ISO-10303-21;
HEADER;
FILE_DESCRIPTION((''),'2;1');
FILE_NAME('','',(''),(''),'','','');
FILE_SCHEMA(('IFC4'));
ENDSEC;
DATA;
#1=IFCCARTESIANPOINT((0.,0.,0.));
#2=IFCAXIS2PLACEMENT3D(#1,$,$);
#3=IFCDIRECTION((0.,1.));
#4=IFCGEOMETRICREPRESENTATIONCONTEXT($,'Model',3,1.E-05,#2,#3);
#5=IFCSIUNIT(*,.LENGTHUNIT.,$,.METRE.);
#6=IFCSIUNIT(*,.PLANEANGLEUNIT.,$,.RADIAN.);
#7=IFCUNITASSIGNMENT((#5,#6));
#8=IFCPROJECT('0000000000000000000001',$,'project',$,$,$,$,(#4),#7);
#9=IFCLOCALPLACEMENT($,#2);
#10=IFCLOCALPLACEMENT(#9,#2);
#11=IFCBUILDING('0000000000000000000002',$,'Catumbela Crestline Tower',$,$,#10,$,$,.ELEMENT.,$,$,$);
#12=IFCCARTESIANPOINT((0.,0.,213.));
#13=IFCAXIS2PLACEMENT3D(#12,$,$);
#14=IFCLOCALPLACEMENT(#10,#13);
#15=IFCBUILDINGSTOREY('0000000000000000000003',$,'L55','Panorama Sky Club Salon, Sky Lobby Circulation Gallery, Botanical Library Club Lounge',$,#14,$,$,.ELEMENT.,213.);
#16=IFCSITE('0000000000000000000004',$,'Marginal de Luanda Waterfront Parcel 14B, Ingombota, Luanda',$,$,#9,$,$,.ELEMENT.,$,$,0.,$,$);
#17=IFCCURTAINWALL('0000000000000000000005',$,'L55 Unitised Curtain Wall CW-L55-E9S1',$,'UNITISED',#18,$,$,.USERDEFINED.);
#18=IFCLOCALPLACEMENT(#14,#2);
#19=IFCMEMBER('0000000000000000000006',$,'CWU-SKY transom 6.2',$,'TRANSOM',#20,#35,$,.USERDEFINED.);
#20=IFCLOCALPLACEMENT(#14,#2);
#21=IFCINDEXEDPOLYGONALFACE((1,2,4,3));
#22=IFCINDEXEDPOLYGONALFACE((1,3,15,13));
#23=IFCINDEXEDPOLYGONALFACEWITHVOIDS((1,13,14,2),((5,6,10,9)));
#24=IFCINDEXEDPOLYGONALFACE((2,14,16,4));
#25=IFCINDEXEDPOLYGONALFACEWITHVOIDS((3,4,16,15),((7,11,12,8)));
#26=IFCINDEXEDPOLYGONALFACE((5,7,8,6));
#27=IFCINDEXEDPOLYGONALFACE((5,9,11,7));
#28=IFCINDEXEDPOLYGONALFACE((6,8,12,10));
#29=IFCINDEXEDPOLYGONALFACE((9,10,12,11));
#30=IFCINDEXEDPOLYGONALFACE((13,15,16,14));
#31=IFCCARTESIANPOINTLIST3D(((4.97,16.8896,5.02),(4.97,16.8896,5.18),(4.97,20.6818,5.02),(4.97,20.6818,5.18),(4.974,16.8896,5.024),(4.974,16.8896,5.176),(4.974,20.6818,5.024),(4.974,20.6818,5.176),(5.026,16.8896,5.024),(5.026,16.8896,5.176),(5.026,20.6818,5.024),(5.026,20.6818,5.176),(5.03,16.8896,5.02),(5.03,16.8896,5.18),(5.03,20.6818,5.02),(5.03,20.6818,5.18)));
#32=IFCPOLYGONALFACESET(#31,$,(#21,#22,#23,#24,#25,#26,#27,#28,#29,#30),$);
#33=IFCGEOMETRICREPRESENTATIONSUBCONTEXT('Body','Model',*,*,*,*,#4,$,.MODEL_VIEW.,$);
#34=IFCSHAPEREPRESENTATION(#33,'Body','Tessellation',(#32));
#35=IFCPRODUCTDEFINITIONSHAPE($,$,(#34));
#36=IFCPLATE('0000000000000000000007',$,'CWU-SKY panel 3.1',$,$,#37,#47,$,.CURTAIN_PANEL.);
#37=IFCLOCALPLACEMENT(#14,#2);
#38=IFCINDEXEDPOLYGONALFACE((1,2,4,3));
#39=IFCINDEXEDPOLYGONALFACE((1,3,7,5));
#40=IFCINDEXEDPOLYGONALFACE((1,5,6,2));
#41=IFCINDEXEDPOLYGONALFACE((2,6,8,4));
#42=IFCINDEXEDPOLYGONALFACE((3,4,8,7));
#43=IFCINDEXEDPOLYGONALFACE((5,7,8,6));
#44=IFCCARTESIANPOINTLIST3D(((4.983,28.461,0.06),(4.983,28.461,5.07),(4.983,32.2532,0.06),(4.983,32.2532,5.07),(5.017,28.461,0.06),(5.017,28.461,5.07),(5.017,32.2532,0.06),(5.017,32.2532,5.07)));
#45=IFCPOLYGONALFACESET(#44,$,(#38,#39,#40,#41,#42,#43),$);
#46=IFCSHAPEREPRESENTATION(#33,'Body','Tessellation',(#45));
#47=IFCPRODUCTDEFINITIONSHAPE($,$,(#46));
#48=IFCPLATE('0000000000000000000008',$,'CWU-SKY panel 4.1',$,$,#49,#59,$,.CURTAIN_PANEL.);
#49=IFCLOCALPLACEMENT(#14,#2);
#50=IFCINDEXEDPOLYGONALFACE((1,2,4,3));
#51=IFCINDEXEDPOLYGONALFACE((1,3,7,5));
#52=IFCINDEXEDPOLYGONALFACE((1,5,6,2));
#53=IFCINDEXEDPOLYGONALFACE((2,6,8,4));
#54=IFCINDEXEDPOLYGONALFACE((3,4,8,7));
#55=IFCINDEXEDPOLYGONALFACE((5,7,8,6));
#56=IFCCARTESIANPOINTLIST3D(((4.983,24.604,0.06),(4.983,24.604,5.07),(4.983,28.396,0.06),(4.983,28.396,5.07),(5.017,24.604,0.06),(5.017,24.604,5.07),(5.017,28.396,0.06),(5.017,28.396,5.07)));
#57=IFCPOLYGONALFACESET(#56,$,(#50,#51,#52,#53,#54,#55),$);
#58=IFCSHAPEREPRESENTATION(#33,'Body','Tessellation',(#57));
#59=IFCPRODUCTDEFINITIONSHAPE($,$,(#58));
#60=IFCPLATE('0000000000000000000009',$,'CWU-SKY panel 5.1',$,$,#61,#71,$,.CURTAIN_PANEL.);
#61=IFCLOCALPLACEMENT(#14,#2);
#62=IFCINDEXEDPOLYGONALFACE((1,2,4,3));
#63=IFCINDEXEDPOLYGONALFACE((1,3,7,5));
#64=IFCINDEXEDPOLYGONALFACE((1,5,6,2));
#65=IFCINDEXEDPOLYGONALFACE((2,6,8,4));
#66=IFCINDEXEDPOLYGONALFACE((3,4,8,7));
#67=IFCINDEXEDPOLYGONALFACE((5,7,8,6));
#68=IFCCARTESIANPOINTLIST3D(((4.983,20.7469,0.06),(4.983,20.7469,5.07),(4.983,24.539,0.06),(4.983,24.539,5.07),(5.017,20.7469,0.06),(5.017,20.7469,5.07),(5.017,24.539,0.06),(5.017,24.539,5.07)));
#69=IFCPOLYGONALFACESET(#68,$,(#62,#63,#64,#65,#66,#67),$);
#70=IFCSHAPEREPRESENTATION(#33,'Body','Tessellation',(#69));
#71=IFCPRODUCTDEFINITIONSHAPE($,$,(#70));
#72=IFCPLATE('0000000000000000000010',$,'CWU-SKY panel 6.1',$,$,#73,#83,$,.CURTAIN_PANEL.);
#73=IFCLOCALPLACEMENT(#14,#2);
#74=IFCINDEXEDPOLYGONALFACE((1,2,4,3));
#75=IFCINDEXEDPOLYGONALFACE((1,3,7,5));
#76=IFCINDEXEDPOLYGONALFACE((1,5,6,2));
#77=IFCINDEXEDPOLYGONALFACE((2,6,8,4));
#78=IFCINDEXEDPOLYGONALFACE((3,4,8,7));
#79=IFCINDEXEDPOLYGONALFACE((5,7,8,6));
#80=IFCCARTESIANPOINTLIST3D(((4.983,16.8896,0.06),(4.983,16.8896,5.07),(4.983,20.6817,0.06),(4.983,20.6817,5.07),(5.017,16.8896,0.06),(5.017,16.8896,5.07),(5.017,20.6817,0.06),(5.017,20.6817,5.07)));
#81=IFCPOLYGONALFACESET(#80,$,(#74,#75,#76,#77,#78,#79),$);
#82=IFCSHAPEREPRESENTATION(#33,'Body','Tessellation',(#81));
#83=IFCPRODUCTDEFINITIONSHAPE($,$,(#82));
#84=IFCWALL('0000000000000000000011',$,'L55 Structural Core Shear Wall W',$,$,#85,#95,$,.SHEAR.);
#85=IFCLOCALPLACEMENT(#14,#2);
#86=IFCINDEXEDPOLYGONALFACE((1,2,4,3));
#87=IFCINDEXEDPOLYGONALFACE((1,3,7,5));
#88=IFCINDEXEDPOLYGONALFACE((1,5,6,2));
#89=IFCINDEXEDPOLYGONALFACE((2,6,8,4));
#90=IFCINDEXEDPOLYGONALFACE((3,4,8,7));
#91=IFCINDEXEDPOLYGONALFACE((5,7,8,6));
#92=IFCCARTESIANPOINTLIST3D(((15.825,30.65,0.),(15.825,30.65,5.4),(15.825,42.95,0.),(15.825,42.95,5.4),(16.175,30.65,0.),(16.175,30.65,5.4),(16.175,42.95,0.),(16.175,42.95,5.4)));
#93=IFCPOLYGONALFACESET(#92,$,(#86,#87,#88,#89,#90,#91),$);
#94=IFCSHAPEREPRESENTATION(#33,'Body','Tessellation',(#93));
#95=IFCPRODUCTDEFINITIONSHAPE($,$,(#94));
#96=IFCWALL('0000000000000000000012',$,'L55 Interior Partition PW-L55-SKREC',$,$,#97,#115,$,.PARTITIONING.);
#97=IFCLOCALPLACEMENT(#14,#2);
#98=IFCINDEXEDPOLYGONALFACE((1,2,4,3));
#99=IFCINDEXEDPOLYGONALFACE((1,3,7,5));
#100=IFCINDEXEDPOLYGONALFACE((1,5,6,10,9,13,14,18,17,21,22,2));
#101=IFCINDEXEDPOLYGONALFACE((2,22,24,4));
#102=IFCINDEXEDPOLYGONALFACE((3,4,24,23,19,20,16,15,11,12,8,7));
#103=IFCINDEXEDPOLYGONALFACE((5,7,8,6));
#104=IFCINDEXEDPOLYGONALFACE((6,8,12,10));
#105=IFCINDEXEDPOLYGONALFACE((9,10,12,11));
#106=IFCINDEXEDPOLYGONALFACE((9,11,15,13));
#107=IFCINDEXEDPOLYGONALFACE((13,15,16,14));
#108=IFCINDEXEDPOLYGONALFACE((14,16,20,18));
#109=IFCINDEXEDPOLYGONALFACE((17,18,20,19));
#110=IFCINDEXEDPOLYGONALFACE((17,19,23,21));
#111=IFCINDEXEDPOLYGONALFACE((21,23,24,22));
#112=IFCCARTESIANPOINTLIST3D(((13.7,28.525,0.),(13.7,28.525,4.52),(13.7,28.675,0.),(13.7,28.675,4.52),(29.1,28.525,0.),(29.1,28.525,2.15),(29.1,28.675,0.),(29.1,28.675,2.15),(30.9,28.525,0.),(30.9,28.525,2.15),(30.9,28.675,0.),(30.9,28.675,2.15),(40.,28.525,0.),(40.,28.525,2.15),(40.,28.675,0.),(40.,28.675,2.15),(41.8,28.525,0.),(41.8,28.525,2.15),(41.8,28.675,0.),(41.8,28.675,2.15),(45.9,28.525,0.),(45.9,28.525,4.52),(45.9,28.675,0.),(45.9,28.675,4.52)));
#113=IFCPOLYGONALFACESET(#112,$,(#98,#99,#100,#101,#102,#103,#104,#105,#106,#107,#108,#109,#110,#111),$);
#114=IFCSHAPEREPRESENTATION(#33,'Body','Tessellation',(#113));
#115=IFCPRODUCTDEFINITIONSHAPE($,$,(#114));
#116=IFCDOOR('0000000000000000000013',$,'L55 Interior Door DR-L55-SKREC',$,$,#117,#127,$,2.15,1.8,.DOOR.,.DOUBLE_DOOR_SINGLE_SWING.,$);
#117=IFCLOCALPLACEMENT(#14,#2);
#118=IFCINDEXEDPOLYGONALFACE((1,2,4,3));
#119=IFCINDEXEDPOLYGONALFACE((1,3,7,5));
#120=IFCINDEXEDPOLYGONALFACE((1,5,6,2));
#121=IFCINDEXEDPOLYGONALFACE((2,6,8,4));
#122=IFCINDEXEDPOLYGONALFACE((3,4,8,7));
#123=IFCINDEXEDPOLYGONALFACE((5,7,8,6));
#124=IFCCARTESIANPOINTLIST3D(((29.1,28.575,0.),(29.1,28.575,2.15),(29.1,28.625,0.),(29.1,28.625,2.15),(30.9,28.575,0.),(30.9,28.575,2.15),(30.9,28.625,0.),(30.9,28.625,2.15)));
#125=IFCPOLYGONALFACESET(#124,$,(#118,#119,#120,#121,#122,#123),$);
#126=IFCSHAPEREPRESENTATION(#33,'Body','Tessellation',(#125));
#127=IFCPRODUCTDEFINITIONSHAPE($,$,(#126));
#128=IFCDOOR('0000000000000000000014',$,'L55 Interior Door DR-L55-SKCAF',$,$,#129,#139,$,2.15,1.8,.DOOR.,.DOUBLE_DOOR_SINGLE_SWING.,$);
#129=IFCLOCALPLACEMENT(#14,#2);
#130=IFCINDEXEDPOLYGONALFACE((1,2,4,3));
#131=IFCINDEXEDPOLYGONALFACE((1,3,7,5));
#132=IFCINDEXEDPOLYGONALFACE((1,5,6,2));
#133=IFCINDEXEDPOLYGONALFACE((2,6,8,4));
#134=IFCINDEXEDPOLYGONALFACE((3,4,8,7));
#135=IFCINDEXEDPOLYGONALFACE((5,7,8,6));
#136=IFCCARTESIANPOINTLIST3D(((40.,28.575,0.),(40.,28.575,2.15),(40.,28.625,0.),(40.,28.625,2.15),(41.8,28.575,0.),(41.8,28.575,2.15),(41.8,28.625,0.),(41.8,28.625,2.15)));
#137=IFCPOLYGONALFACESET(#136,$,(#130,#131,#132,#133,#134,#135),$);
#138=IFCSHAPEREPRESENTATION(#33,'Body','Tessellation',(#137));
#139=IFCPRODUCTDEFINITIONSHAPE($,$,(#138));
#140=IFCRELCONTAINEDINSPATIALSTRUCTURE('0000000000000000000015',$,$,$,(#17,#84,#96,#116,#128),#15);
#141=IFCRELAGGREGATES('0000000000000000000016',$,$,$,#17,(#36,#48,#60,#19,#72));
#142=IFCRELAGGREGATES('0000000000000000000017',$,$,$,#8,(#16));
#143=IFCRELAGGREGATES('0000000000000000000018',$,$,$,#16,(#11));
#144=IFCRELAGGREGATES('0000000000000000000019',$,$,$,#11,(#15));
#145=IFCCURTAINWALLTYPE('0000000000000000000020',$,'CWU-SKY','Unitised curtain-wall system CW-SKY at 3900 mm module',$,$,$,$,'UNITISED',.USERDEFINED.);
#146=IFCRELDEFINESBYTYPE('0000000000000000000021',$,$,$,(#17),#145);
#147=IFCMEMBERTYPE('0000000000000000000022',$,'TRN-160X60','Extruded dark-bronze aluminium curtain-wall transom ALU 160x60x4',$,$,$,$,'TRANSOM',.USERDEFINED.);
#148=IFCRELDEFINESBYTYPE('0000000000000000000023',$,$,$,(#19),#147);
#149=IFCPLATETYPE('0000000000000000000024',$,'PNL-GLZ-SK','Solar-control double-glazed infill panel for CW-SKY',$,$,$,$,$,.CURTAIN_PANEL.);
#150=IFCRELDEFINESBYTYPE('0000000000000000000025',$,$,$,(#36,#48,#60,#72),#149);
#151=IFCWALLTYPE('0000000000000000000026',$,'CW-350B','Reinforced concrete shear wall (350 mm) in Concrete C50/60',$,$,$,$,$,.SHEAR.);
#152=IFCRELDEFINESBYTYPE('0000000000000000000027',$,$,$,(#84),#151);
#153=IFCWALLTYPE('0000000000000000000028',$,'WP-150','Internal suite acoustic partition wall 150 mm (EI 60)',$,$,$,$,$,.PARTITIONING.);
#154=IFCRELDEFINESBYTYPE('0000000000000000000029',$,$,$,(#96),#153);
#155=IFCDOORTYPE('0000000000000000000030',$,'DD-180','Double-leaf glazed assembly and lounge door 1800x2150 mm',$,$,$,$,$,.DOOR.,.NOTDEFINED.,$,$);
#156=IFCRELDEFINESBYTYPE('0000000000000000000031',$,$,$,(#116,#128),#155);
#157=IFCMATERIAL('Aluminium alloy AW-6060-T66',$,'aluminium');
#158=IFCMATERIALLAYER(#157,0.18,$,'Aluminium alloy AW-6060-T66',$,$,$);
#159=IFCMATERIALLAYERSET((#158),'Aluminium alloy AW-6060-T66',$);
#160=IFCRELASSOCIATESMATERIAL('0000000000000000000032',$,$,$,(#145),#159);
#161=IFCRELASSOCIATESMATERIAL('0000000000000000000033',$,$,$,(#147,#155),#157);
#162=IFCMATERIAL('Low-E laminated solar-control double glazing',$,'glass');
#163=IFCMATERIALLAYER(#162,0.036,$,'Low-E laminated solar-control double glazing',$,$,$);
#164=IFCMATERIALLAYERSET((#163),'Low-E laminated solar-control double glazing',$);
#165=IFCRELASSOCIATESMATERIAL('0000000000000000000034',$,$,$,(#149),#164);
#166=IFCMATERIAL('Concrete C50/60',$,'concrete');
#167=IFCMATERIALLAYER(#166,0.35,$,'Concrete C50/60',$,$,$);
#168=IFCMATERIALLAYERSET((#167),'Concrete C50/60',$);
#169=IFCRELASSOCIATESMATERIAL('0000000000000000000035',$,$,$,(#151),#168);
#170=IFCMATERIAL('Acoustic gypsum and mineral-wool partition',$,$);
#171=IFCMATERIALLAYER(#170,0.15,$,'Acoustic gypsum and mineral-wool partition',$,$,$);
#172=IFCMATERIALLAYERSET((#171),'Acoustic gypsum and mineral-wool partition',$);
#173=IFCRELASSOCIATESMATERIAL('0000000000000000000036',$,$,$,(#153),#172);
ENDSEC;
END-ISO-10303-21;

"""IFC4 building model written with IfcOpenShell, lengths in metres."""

from ifc_helpers import new_model, si_unit, direction, frame, frame_2d, origin, origin_2d, place, context, subcontext, project, spatial, rectangle, hollow_rectangle, extrude, material, layer, layer_set, material_profile, profile_set, type_object, element, fill, aggregate, save


model = new_model("IFC4")

# Units and contexts
model_context = context("Model", 3, precision=1e-05, world=origin(), true_north=direction((0.0, 1.0)))
body_context = subcontext(model_context, "Body", "Model", "MODEL_VIEW")
ifc_project = project(units=[si_unit("LENGTHUNIT", "METRE"), si_unit("PLANEANGLEUNIT", "RADIAN")], contexts=[model_context])

# Site, building, storey
site_placement = place(None, origin())
site = spatial("IfcSite", under=ifc_project, at=site_placement, Name="Marginal de Luanda Waterfront Parcel 14B, Ingombota, Luanda", CompositionType="ELEMENT", RefElevation=0.0)
building_placement = place(site_placement, origin())
building = spatial("IfcBuilding", under=site, at=building_placement, Name="Catumbela Crestline Tower", CompositionType="ELEMENT")
storey_placement = place(building_placement, frame((0.0, 0.0, 213.0)))
storey = spatial("IfcBuildingStorey", under=building, at=storey_placement, Name="L55", Description="Panorama Sky Club Salon, Sky Lobby Circulation Gallery, Botanical Library Club Lounge", CompositionType="ELEMENT", Elevation=213.0)

# Shared definitions
ifc_material_1 = material(Name="Concrete C50/60", Category="concrete")

# Curtain wall
ifc_material_2 = material(Name="Aluminium alloy AW-6060-T66", Category="aluminium")
ifc_layer_1 = layer(ifc_material_2, 0.18, Name="Aluminium alloy AW-6060-T66")
ifc_layer_set_1 = layer_set([ifc_layer_1], Name="Aluminium alloy AW-6060-T66")
curtain_wall_type = type_object("IfcCurtainWallType", Name="CWU-SKY", Description="Unitised curtain-wall system CW-SKY at 3900 mm module", ElementType="UNITISED", PredefinedType="USERDEFINED", material=ifc_layer_set_1)
curtain_wall_placement = place(storey_placement, origin())
curtain_wall = element("IfcCurtainWall", 1, at=curtain_wall_placement, inside=storey, type_object=curtain_wall_type, Name="L55 Unitised Curtain Wall CW-L55-E9S1", ObjectType="UNITISED", PredefinedType="USERDEFINED")

# Member
ifc_material_profile_1 = material_profile(ifc_material_2, hollow_rectangle(XDim=0.06, YDim=0.16, WallThickness=0.004, at=origin_2d()), Name="ALU 160x60x4")
ifc_profile_set_1 = profile_set([ifc_material_profile_1], Name="Aluminium alloy AW-6060-T66")
member_type_1 = type_object("IfcMemberType", Name="TRN-160X60", Description="Extruded dark-bronze aluminium curtain-wall transom ALU 160x60x4", ElementType="TRANSOM", PredefinedType="USERDEFINED", material=ifc_profile_set_1)
member_1_placement = place(storey_placement, frame((5.0, 20.6818, 5.1), z_axis=(0.0, -1.0, 0.0), x_axis=(1.0, 0.0, 0.0)))
member_1 = element("IfcMember", 2, at=member_1_placement, type_object=member_type_1, Name="CWU-SKY transom 6.2", ObjectType="TRANSOM", PredefinedType="USERDEFINED", context=body_context, shape_type="SweptSolid", body=[
    extrude(hollow_rectangle(XDim=0.06, YDim=0.16, WallThickness=0.004, at=origin_2d()), origin(), (0.0, 0.0, 1.0), 3.7922),
])

# Plates
ifc_material_3 = material(Name="Low-E laminated solar-control double glazing", Category="glass")
ifc_layer_2 = layer(ifc_material_3, 0.036, Name="Low-E laminated solar-control double glazing")
ifc_layer_set_2 = layer_set([ifc_layer_2], Name="Low-E laminated solar-control double glazing")
plate_type = type_object("IfcPlateType", Name="PNL-GLZ-SK", Description="Solar-control double-glazed infill panel for CW-SKY", PredefinedType="CURTAIN_PANEL", material=ifc_layer_set_2)
plate_1_placement = place(storey_placement, frame((5.0, 30.3571, 0.06), z_axis=(0.0, 0.0, 1.0), x_axis=(0.0, -1.0, 0.0)))
plate_1 = element("IfcPlate", 3, at=plate_1_placement, type_object=plate_type, Name="CWU-SKY panel 3.1", PredefinedType="CURTAIN_PANEL", context=body_context, shape_type="SweptSolid", body=[
    extrude(rectangle(XDim=3.7921, YDim=0.034, at=origin_2d()), origin(), (0.0, 0.0, 1.0), 5.01),
])
plate_2_placement = place(storey_placement, frame((5.0, 26.5, 0.06), z_axis=(0.0, 0.0, 1.0), x_axis=(0.0, -1.0, 0.0)))
plate_2 = element("IfcPlate", 4, at=plate_2_placement, type_object=plate_type, Name="CWU-SKY panel 4.1", PredefinedType="CURTAIN_PANEL", context=body_context, shape_type="SweptSolid", body=[
    extrude(rectangle(XDim=3.7921, YDim=0.034, at=origin_2d()), origin(), (0.0, 0.0, 1.0), 5.01),
])
plate_3_placement = place(storey_placement, frame((5.0, 22.6429, 0.06), z_axis=(0.0, 0.0, 1.0), x_axis=(0.0, -1.0, 0.0)))
plate_3 = element("IfcPlate", 5, at=plate_3_placement, type_object=plate_type, Name="CWU-SKY panel 5.1", PredefinedType="CURTAIN_PANEL", context=body_context, shape_type="SweptSolid", body=[
    extrude(rectangle(XDim=3.7921, YDim=0.034, at=origin_2d()), origin(), (0.0, 0.0, 1.0), 5.01),
])
plate_4_placement = place(storey_placement, frame((5.0, 18.7857, 0.06), z_axis=(0.0, 0.0, 1.0), x_axis=(0.0, -1.0, 0.0)))
plate_4 = element("IfcPlate", 6, at=plate_4_placement, type_object=plate_type, Name="CWU-SKY panel 6.1", PredefinedType="CURTAIN_PANEL", context=body_context, shape_type="SweptSolid", body=[
    extrude(rectangle(XDim=3.7921, YDim=0.034, at=origin_2d()), origin(), (0.0, 0.0, 1.0), 5.01),
])
aggregate(curtain_wall, [plate_1, plate_2, plate_3, member_1, plate_4])

# Wall
ifc_layer_3 = layer(ifc_material_1, 0.35, Name="Concrete C50/60")
ifc_layer_set_3 = layer_set([ifc_layer_3], Name="Concrete C50/60")
wall_type_1 = type_object("IfcWallType", Name="CW-350B", Description="Reinforced concrete shear wall (350 mm) in Concrete C50/60", PredefinedType="SHEAR", material=ifc_layer_set_3)
wall_1_placement = place(storey_placement, frame((16.0, 30.65, 0.0), z_axis=(0.0, 0.0, 1.0), x_axis=(0.0, 1.0, 0.0)))
element("IfcWall", 7, at=wall_1_placement, inside=storey, type_object=wall_type_1, Name="L55 Structural Core Shear Wall W", PredefinedType="SHEAR", context=body_context, shape_type="SweptSolid", body=[
    extrude(rectangle(XDim=12.3, YDim=0.35, at=frame_2d((6.15, 0.0))), origin(), (0.0, 0.0, 1.0), 5.4),
])

# Wall, openings, doors
ifc_material_4 = material(Name="Acoustic gypsum and mineral-wool partition")
ifc_layer_4 = layer(ifc_material_4, 0.15, Name="Acoustic gypsum and mineral-wool partition")
ifc_layer_set_4 = layer_set([ifc_layer_4], Name="Acoustic gypsum and mineral-wool partition")
wall_type_2 = type_object("IfcWallType", Name="WP-150", Description="Internal suite acoustic partition wall 150 mm (EI 60)", PredefinedType="PARTITIONING", material=ifc_layer_set_4)
wall_2_placement = place(storey_placement, frame((13.7, 28.6, 0.0), z_axis=(0.0, 0.0, 1.0), x_axis=(1.0, 0.0, 0.0)))
wall_2 = element("IfcWall", 8, at=wall_2_placement, inside=storey, type_object=wall_type_2, Name="L55 Interior Partition PW-L55-SKREC", PredefinedType="PARTITIONING", context=body_context, shape_type="SweptSolid", body=[
    extrude(rectangle(XDim=32.2, YDim=0.15, at=frame_2d((16.1, 0.0))), origin(), (0.0, 0.0, 1.0), 4.52),
])
opening_1_placement = place(wall_2_placement, frame((15.4, 0.0, 0.0)))
opening_1 = element("IfcOpeningElement", 9, at=opening_1_placement, cuts=wall_2, PredefinedType="OPENING", context=body_context, shape_type="SweptSolid", body=[
    extrude(rectangle(XDim=1.8, YDim=2.15, at=frame_2d((0.9, 1.075))), frame((0.0, 0.085, 0.0), z_axis=(0.0, -1.0, 0.0), x_axis=(1.0, 0.0, 0.0)), (0.0, 0.0, 1.0), 0.17),
])
opening_2_placement = place(wall_2_placement, frame((26.3, 0.0, 0.0)))
opening_2 = element("IfcOpeningElement", 10, at=opening_2_placement, cuts=wall_2, PredefinedType="OPENING", context=body_context, shape_type="SweptSolid", body=[
    extrude(rectangle(XDim=1.8, YDim=2.15, at=frame_2d((0.9, 1.075))), frame((0.0, 0.085, 0.0), z_axis=(0.0, -1.0, 0.0), x_axis=(1.0, 0.0, 0.0)), (0.0, 0.0, 1.0), 0.17),
])
door_type_1 = type_object("IfcDoorType", Name="DD-180", Description="Double-leaf glazed assembly and lounge door 1800x2150 mm", OperationType="NOTDEFINED", PredefinedType="DOOR", material=ifc_material_2)
door_1_placement = place(opening_1_placement, origin())
door_1 = element("IfcDoor", 11, at=door_1_placement, inside=storey, type_object=door_type_1, Name="L55 Interior Door DR-L55-SKREC", OperationType="DOUBLE_DOOR_SINGLE_SWING", OverallHeight=2.15, OverallWidth=1.8, PredefinedType="DOOR", context=body_context, shape_type="SweptSolid", body=[
    extrude(rectangle(XDim=1.8, YDim=2.15, at=frame_2d((0.9, 1.075))), frame((0.0, 0.025, 0.0), z_axis=(0.0, -1.0, 0.0), x_axis=(1.0, 0.0, 0.0)), (0.0, 0.0, 1.0), 0.05),
])
fill(opening_1, door_1)
door_2_placement = place(opening_2_placement, origin())
door_2 = element("IfcDoor", 12, at=door_2_placement, inside=storey, type_object=door_type_1, Name="L55 Interior Door DR-L55-SKCAF", OperationType="DOUBLE_DOOR_SINGLE_SWING", OverallHeight=2.15, OverallWidth=1.8, PredefinedType="DOOR", context=body_context, shape_type="SweptSolid", body=[
    extrude(rectangle(XDim=1.8, YDim=2.15, at=frame_2d((0.9, 1.075))), frame((0.0, 0.025, 0.0), z_axis=(0.0, -1.0, 0.0), x_axis=(1.0, 0.0, 0.0)), (0.0, 0.0, 1.0), 0.05),
])
fill(opening_2, door_2)

save(model, "model.ifc")
